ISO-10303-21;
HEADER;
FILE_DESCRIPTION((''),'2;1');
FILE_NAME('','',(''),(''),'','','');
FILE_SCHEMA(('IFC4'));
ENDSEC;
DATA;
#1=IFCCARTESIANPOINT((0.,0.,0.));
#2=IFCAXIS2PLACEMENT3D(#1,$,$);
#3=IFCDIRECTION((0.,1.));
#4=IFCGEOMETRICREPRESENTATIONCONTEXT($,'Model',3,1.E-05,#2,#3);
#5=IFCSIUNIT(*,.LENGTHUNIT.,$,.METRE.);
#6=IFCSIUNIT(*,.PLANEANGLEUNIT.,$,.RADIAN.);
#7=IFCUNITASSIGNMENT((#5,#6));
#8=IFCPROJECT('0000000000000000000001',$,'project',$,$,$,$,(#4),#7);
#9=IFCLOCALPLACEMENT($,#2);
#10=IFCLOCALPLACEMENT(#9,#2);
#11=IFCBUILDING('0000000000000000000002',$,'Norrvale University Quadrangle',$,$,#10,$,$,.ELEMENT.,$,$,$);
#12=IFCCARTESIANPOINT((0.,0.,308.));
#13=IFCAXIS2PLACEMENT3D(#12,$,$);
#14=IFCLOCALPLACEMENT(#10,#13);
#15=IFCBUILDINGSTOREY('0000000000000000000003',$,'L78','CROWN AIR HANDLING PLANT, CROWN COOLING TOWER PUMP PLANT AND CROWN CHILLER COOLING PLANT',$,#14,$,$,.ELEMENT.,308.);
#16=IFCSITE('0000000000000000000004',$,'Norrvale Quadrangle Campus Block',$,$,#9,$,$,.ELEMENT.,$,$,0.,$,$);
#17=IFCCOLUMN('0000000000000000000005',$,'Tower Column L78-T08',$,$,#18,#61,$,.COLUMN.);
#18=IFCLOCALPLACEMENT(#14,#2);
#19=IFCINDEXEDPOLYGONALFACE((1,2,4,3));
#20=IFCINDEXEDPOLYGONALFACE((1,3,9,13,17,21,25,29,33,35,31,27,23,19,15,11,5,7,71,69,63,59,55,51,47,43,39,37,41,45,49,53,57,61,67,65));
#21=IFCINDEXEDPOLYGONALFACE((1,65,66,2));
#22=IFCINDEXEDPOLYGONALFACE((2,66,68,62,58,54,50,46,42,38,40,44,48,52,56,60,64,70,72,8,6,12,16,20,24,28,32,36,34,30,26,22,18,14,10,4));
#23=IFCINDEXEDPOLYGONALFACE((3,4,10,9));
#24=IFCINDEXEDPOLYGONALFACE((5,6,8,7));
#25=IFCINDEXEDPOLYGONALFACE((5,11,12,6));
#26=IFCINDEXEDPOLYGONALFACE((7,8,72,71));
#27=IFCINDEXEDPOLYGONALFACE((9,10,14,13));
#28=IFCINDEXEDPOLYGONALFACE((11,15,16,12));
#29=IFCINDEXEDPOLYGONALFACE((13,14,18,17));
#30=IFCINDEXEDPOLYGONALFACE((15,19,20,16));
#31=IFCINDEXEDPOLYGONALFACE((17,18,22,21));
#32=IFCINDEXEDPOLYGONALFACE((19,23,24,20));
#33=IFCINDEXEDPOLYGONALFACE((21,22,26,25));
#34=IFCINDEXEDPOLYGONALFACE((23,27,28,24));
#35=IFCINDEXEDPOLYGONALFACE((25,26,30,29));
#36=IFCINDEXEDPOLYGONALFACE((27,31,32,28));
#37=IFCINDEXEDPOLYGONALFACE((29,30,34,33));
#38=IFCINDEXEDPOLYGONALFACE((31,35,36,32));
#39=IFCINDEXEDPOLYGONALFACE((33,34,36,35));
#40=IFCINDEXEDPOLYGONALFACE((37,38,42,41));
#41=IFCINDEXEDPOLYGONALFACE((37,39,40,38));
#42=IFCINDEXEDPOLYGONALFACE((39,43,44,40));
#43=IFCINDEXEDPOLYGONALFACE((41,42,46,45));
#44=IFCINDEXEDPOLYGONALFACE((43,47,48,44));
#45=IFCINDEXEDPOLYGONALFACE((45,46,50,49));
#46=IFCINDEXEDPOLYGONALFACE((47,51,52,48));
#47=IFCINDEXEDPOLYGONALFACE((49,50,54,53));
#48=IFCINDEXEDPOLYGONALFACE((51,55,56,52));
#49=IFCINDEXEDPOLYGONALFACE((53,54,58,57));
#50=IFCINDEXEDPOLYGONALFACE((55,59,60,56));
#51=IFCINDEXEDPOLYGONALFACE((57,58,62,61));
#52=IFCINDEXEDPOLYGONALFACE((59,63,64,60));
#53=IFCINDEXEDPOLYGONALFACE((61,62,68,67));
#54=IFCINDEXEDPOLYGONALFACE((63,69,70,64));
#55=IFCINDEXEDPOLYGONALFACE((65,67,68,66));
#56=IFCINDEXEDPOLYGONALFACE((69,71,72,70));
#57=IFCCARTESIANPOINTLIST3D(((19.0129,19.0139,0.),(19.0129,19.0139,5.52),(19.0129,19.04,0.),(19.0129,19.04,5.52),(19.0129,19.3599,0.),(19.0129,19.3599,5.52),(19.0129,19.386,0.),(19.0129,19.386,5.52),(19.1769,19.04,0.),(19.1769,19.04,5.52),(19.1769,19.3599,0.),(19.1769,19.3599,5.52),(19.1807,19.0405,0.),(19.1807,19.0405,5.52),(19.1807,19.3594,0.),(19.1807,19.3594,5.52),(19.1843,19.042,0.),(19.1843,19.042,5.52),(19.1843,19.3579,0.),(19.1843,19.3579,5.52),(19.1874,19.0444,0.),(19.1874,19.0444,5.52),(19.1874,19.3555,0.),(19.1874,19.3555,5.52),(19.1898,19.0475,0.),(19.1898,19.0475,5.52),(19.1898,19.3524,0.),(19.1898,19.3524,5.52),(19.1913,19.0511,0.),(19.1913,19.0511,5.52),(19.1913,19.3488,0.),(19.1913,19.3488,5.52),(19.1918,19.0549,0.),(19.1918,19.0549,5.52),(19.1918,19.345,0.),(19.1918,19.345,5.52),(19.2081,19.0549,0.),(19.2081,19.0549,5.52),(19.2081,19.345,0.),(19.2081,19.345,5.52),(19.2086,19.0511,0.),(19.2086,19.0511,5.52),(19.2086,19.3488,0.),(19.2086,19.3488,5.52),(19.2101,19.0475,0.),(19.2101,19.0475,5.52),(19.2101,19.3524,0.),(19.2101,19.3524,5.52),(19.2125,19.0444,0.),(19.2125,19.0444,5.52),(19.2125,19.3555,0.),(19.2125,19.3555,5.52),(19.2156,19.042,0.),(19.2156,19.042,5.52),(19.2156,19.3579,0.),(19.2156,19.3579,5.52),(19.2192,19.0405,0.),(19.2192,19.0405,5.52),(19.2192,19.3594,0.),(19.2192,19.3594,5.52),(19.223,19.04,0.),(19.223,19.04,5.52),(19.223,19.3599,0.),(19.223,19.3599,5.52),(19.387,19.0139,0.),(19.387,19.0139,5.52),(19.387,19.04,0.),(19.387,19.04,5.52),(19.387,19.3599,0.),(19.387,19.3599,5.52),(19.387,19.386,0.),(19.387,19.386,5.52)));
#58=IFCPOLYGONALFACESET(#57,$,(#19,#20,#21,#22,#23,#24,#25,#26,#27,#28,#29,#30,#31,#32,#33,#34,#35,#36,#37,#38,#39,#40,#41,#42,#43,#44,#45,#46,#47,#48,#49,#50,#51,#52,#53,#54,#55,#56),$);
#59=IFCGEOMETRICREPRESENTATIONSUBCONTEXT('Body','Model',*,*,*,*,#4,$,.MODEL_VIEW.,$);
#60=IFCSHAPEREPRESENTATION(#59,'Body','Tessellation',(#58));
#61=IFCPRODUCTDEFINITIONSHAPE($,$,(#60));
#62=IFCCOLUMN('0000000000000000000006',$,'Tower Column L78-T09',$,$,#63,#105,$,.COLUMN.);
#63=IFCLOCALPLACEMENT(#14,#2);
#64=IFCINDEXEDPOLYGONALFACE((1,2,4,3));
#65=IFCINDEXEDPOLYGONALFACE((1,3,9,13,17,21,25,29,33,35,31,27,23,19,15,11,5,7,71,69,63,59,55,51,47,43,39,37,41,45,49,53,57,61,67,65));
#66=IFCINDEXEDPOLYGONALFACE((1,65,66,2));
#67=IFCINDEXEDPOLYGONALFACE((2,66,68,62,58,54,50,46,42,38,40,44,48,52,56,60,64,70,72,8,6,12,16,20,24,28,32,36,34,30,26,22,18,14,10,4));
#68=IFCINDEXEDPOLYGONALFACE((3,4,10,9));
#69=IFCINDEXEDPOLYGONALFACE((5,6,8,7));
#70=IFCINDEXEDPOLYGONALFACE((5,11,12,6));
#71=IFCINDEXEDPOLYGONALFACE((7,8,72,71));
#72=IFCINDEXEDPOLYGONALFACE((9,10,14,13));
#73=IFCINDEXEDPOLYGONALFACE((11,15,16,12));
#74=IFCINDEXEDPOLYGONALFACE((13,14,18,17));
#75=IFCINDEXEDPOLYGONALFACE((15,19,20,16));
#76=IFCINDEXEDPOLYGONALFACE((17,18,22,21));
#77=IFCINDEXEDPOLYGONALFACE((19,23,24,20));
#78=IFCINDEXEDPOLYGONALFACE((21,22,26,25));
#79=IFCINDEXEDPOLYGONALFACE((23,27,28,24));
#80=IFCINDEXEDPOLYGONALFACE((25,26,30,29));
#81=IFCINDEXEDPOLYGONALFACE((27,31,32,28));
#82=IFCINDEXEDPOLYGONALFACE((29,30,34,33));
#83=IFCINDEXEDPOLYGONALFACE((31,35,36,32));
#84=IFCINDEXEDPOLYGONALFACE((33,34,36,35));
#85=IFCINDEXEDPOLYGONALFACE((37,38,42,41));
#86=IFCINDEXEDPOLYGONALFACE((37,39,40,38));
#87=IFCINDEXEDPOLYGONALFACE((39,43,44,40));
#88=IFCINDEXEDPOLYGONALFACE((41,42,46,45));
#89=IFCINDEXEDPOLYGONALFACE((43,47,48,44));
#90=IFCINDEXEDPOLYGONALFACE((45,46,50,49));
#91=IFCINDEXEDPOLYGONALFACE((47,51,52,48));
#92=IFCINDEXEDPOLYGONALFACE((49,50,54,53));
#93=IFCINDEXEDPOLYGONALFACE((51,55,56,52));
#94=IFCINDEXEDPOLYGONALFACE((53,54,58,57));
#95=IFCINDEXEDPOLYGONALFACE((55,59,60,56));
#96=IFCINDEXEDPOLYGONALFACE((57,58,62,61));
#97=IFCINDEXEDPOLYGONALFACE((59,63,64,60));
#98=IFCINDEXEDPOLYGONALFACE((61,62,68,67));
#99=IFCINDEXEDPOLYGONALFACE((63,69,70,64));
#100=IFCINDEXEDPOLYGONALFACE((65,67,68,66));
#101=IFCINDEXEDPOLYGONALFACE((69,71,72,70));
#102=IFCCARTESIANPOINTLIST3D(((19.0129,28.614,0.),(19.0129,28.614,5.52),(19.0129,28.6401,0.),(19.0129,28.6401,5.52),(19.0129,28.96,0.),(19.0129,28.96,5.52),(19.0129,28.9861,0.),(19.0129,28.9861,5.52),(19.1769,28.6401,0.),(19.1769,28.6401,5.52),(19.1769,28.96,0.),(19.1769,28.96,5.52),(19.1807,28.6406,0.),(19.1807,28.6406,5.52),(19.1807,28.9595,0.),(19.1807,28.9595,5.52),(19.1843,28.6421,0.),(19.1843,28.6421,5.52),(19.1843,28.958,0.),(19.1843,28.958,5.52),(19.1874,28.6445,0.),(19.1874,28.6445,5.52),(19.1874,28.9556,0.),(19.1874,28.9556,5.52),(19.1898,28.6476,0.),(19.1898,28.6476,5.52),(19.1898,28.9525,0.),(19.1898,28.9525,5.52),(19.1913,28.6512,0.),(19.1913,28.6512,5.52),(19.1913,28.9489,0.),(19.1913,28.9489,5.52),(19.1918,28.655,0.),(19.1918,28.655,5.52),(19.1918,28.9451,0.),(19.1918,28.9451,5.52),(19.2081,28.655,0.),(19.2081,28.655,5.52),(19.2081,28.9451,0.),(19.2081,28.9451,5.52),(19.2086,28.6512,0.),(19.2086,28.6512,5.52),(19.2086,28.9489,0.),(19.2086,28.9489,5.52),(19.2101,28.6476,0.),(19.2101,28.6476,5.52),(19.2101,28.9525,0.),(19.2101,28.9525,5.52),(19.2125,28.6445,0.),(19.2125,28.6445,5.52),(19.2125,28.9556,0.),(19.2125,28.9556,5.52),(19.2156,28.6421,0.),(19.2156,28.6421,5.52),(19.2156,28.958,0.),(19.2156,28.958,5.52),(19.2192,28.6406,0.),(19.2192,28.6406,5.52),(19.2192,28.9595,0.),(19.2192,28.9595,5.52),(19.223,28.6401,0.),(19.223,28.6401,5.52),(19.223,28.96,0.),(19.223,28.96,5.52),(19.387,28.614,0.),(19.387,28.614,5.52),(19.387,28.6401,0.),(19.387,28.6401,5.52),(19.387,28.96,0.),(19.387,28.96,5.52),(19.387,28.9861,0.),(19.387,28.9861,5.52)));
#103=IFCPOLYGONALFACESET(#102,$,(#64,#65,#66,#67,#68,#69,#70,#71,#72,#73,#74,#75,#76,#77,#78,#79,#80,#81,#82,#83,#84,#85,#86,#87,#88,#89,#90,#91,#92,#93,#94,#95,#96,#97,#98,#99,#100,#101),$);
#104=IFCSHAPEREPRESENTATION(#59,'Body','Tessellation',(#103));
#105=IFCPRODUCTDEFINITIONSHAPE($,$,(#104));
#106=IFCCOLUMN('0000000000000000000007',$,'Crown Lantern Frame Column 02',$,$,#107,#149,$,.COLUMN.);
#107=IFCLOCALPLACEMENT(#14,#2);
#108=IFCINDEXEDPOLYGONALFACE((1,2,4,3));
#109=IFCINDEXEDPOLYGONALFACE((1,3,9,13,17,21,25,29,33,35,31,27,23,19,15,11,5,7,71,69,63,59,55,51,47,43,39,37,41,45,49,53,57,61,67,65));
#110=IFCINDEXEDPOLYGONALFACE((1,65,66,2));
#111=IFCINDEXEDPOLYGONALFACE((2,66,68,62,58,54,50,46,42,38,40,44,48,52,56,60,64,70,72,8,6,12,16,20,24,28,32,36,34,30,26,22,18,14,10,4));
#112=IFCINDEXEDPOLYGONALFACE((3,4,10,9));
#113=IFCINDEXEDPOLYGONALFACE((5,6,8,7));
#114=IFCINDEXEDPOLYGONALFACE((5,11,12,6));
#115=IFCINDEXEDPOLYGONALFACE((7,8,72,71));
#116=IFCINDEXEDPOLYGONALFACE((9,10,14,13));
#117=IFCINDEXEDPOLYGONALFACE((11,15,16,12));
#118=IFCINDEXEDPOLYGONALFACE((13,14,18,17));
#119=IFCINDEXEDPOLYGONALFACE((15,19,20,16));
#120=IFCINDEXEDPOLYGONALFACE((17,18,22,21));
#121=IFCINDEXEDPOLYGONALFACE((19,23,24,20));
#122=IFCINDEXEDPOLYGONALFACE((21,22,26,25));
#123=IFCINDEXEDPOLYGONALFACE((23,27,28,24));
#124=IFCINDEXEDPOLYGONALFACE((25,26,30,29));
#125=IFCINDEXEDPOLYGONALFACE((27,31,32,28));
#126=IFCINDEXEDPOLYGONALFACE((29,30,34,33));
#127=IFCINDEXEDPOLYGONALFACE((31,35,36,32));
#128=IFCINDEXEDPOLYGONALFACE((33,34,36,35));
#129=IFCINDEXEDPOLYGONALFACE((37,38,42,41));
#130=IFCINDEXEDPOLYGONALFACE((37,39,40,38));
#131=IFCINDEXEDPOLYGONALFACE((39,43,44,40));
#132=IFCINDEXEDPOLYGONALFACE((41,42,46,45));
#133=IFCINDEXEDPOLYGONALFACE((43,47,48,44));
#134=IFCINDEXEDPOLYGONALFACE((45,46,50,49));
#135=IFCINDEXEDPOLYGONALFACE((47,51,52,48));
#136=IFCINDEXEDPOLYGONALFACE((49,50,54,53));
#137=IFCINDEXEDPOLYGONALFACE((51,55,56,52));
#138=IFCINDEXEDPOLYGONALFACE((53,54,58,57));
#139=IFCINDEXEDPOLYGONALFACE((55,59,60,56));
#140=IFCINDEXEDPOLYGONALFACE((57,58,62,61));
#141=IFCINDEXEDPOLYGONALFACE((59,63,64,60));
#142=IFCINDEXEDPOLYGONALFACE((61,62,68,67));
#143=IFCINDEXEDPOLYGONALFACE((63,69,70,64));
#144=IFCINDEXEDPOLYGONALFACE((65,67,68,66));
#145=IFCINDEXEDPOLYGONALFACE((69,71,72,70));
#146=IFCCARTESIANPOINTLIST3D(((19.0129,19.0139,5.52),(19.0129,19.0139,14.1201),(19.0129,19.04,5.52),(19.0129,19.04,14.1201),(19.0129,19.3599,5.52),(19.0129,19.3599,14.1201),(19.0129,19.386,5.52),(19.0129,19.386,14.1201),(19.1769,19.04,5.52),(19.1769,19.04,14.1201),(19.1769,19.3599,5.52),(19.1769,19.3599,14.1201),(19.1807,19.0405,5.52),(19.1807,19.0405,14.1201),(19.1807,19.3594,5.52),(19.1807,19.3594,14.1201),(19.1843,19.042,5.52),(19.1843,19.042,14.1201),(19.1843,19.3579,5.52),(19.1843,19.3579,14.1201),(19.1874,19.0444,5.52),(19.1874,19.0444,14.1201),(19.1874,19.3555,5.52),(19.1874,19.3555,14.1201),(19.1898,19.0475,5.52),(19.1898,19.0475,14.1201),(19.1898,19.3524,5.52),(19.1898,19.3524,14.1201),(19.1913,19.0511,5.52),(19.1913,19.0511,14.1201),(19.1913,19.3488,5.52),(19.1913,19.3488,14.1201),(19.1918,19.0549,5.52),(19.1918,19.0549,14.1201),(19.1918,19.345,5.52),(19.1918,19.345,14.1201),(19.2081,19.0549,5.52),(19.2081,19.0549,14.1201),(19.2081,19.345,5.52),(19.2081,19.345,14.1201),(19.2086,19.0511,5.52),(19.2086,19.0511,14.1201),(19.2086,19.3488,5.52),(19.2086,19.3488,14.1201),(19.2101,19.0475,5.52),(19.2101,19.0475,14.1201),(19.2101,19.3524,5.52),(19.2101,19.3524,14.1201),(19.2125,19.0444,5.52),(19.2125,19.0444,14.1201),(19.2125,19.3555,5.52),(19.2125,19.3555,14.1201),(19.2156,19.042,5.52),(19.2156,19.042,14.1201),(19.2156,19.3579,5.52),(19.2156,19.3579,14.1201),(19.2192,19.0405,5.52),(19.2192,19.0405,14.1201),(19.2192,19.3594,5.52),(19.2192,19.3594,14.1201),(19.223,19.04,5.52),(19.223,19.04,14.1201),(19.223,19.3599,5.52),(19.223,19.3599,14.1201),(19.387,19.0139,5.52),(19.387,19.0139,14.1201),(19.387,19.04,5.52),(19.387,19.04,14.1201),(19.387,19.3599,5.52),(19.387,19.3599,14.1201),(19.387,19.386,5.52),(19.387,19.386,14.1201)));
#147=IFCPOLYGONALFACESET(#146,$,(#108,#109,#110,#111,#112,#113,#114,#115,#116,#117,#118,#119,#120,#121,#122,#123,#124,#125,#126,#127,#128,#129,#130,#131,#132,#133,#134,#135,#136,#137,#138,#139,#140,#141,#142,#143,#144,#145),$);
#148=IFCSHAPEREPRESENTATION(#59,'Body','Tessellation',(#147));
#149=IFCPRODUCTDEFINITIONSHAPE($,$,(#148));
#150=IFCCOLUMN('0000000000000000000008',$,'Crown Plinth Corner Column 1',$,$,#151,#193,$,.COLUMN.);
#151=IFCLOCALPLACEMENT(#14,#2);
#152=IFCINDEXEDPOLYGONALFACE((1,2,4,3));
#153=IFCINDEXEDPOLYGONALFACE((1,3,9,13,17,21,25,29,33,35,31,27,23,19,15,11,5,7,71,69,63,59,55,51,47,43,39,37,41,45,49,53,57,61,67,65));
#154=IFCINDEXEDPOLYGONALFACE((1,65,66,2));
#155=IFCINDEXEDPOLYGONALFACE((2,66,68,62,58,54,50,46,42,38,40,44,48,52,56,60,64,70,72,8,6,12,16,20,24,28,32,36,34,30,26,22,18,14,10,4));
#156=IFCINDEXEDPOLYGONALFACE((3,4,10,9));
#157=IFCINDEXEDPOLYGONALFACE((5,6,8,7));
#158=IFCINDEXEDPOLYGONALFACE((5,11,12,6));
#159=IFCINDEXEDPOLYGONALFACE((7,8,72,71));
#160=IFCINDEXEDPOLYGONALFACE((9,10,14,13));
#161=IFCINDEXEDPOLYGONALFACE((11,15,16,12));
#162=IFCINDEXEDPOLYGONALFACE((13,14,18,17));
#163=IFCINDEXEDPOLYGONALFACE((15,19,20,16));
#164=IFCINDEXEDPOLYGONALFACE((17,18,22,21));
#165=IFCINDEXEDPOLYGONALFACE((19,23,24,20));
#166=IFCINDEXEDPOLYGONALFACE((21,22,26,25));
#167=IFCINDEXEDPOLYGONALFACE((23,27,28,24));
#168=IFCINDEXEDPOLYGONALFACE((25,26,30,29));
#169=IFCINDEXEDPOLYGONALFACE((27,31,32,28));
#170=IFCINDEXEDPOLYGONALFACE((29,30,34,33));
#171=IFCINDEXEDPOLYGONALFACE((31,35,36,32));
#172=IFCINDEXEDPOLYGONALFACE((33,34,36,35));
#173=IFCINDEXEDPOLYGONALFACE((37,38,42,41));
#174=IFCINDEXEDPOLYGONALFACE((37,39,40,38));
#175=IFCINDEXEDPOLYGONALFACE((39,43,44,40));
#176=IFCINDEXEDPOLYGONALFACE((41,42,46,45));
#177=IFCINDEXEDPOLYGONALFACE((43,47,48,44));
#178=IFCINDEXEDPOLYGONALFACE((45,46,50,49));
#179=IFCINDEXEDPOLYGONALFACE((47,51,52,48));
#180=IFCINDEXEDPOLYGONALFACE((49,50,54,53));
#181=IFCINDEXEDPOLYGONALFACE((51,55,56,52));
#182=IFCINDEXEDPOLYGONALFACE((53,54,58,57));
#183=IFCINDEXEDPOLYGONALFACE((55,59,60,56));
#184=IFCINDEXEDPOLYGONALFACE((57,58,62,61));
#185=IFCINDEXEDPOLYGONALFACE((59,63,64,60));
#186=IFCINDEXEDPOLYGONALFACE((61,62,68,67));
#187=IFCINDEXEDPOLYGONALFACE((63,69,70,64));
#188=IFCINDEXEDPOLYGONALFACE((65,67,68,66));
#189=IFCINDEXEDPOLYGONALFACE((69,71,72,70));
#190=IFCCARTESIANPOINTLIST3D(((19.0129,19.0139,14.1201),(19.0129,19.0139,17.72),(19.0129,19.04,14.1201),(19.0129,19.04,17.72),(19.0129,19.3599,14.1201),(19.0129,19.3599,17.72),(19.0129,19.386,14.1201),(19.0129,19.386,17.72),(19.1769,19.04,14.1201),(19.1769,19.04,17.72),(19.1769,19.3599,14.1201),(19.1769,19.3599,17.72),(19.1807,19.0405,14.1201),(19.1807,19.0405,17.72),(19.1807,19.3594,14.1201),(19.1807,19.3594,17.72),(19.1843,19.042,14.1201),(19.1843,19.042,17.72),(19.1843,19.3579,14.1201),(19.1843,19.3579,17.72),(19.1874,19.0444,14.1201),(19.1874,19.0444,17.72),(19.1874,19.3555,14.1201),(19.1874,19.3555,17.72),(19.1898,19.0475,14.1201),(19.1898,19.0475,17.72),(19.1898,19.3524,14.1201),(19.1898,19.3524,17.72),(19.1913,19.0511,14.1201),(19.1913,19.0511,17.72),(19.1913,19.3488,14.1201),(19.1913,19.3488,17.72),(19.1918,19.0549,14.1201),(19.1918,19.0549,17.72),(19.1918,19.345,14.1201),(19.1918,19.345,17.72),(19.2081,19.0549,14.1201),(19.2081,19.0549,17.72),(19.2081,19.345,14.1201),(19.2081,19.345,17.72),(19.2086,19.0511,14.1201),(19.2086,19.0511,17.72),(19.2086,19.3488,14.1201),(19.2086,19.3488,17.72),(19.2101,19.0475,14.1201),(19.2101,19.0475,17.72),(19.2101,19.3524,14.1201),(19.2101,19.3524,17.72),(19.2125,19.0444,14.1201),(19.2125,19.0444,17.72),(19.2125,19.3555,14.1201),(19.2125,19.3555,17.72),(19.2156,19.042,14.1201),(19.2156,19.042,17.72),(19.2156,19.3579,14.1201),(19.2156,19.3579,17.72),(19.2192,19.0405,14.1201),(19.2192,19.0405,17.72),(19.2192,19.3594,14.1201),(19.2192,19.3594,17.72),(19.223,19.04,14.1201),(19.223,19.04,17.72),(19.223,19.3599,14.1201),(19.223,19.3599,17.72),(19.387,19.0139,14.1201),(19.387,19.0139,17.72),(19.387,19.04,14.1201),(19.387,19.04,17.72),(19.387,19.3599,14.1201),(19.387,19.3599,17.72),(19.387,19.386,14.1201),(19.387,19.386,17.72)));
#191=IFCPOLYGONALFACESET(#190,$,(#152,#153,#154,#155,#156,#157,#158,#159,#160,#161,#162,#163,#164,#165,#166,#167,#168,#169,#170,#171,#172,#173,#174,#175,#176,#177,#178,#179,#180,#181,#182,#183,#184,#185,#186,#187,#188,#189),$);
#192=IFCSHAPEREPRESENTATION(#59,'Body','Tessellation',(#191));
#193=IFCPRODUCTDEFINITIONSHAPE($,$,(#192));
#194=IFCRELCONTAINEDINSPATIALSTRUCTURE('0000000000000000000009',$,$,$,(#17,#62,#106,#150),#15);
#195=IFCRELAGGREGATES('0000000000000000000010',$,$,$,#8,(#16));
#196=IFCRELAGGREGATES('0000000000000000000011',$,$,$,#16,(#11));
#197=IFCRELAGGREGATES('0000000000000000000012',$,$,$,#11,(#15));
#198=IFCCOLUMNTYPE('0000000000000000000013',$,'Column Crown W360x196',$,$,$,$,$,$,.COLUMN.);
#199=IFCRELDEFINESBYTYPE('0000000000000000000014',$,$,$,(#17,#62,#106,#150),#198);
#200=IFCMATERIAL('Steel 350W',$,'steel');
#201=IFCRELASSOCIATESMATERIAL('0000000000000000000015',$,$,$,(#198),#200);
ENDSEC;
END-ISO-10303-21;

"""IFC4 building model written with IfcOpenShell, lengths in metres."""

from ifc_helpers import new_model, si_unit, direction, frame, origin, origin_2d, place, context, subcontext, project, spatial, i_section, extrude, material, material_profile, profile_set, type_object, element, save


model = new_model("IFC4")

# Units and contexts
model_context = context("Model", 3, precision=1e-05, world=origin(), true_north=direction((0.0, 1.0)))
body_context = subcontext(model_context, "Body", "Model", "MODEL_VIEW")
ifc_project = project(units=[si_unit("LENGTHUNIT", "METRE"), si_unit("PLANEANGLEUNIT", "RADIAN")], contexts=[model_context])

# Site, building, storey
site_placement = place(None, origin())
site = spatial("IfcSite", under=ifc_project, at=site_placement, Name="Norrvale Quadrangle Campus Block", CompositionType="ELEMENT", RefElevation=0.0)
building_placement = place(site_placement, origin())
building = spatial("IfcBuilding", under=site, at=building_placement, Name="Norrvale University Quadrangle", CompositionType="ELEMENT")
storey_placement = place(building_placement, frame((0.0, 0.0, 308.0)))
storey = spatial("IfcBuildingStorey", under=building, at=storey_placement, Name="L78", Description="CROWN AIR HANDLING PLANT, CROWN COOLING TOWER PUMP PLANT AND CROWN CHILLER COOLING PLANT", CompositionType="ELEMENT", Elevation=308.0)

# Columns
ifc_material_1 = material(Name="Steel 350W", Category="steel")
ifc_material_profile_1 = material_profile(ifc_material_1, i_section(OverallWidth=0.374, OverallDepth=0.3721, WebThickness=0.0164, FlangeThickness=0.0261, FilletRadius=0.0149, at=origin_2d()), Name="Steel 350W")
ifc_profile_set_1 = profile_set([ifc_material_profile_1], Name="Steel 350W")
column_type = type_object("IfcColumnType", Name="Column Crown W360x196", PredefinedType="COLUMN", material=ifc_profile_set_1)
for number, where, z_axis, x_axis, name in (
    (1, (19.2, 19.2, 0.0), (0.0, 0.0, 1.0), (1.0, 0.0, 0.0), "Tower Column L78-T08"),
    (2, (19.2, 28.8, 0.0), (0.0, 0.0, 1.0), (1.0, 0.0, 0.0), "Tower Column L78-T09"),
):
    element("IfcColumn", number, at=place(storey_placement, frame(where, z_axis=z_axis, x_axis=x_axis)), inside=storey, type_object=column_type, Name=name, PredefinedType="COLUMN", context=body_context, shape_type="SweptSolid", body=[
        extrude(i_section(OverallWidth=0.374, OverallDepth=0.3721, WebThickness=0.0164, FlangeThickness=0.0261, FilletRadius=0.0149, at=origin_2d()), origin(), (0.0, 0.0, 1.0), 5.52),
    ])
column_1_placement = place(storey_placement, frame((19.2, 19.2, 5.52), z_axis=(0.0, 0.0, 1.0), x_axis=(1.0, 0.0, 0.0)))
element("IfcColumn", 3, at=column_1_placement, inside=storey, type_object=column_type, Name="Crown Lantern Frame Column 02", PredefinedType="COLUMN", context=body_context, shape_type="SweptSolid", body=[
    extrude(i_section(OverallWidth=0.374, OverallDepth=0.3721, WebThickness=0.0164, FlangeThickness=0.0261, FilletRadius=0.0149, at=origin_2d()), origin(), (0.0, 0.0, 1.0), 8.6001),
])
column_2_placement = place(storey_placement, frame((19.2, 19.2, 14.1201), z_axis=(0.0, 0.0, 1.0), x_axis=(1.0, 0.0, 0.0)))
element("IfcColumn", 4, at=column_2_placement, inside=storey, type_object=column_type, Name="Crown Plinth Corner Column 1", PredefinedType="COLUMN", context=body_context, shape_type="SweptSolid", body=[
    extrude(i_section(OverallWidth=0.374, OverallDepth=0.3721, WebThickness=0.0164, FlangeThickness=0.0261, FilletRadius=0.0149, at=origin_2d()), origin(), (0.0, 0.0, 1.0), 3.5999),
])

save(model, "model.ifc")
